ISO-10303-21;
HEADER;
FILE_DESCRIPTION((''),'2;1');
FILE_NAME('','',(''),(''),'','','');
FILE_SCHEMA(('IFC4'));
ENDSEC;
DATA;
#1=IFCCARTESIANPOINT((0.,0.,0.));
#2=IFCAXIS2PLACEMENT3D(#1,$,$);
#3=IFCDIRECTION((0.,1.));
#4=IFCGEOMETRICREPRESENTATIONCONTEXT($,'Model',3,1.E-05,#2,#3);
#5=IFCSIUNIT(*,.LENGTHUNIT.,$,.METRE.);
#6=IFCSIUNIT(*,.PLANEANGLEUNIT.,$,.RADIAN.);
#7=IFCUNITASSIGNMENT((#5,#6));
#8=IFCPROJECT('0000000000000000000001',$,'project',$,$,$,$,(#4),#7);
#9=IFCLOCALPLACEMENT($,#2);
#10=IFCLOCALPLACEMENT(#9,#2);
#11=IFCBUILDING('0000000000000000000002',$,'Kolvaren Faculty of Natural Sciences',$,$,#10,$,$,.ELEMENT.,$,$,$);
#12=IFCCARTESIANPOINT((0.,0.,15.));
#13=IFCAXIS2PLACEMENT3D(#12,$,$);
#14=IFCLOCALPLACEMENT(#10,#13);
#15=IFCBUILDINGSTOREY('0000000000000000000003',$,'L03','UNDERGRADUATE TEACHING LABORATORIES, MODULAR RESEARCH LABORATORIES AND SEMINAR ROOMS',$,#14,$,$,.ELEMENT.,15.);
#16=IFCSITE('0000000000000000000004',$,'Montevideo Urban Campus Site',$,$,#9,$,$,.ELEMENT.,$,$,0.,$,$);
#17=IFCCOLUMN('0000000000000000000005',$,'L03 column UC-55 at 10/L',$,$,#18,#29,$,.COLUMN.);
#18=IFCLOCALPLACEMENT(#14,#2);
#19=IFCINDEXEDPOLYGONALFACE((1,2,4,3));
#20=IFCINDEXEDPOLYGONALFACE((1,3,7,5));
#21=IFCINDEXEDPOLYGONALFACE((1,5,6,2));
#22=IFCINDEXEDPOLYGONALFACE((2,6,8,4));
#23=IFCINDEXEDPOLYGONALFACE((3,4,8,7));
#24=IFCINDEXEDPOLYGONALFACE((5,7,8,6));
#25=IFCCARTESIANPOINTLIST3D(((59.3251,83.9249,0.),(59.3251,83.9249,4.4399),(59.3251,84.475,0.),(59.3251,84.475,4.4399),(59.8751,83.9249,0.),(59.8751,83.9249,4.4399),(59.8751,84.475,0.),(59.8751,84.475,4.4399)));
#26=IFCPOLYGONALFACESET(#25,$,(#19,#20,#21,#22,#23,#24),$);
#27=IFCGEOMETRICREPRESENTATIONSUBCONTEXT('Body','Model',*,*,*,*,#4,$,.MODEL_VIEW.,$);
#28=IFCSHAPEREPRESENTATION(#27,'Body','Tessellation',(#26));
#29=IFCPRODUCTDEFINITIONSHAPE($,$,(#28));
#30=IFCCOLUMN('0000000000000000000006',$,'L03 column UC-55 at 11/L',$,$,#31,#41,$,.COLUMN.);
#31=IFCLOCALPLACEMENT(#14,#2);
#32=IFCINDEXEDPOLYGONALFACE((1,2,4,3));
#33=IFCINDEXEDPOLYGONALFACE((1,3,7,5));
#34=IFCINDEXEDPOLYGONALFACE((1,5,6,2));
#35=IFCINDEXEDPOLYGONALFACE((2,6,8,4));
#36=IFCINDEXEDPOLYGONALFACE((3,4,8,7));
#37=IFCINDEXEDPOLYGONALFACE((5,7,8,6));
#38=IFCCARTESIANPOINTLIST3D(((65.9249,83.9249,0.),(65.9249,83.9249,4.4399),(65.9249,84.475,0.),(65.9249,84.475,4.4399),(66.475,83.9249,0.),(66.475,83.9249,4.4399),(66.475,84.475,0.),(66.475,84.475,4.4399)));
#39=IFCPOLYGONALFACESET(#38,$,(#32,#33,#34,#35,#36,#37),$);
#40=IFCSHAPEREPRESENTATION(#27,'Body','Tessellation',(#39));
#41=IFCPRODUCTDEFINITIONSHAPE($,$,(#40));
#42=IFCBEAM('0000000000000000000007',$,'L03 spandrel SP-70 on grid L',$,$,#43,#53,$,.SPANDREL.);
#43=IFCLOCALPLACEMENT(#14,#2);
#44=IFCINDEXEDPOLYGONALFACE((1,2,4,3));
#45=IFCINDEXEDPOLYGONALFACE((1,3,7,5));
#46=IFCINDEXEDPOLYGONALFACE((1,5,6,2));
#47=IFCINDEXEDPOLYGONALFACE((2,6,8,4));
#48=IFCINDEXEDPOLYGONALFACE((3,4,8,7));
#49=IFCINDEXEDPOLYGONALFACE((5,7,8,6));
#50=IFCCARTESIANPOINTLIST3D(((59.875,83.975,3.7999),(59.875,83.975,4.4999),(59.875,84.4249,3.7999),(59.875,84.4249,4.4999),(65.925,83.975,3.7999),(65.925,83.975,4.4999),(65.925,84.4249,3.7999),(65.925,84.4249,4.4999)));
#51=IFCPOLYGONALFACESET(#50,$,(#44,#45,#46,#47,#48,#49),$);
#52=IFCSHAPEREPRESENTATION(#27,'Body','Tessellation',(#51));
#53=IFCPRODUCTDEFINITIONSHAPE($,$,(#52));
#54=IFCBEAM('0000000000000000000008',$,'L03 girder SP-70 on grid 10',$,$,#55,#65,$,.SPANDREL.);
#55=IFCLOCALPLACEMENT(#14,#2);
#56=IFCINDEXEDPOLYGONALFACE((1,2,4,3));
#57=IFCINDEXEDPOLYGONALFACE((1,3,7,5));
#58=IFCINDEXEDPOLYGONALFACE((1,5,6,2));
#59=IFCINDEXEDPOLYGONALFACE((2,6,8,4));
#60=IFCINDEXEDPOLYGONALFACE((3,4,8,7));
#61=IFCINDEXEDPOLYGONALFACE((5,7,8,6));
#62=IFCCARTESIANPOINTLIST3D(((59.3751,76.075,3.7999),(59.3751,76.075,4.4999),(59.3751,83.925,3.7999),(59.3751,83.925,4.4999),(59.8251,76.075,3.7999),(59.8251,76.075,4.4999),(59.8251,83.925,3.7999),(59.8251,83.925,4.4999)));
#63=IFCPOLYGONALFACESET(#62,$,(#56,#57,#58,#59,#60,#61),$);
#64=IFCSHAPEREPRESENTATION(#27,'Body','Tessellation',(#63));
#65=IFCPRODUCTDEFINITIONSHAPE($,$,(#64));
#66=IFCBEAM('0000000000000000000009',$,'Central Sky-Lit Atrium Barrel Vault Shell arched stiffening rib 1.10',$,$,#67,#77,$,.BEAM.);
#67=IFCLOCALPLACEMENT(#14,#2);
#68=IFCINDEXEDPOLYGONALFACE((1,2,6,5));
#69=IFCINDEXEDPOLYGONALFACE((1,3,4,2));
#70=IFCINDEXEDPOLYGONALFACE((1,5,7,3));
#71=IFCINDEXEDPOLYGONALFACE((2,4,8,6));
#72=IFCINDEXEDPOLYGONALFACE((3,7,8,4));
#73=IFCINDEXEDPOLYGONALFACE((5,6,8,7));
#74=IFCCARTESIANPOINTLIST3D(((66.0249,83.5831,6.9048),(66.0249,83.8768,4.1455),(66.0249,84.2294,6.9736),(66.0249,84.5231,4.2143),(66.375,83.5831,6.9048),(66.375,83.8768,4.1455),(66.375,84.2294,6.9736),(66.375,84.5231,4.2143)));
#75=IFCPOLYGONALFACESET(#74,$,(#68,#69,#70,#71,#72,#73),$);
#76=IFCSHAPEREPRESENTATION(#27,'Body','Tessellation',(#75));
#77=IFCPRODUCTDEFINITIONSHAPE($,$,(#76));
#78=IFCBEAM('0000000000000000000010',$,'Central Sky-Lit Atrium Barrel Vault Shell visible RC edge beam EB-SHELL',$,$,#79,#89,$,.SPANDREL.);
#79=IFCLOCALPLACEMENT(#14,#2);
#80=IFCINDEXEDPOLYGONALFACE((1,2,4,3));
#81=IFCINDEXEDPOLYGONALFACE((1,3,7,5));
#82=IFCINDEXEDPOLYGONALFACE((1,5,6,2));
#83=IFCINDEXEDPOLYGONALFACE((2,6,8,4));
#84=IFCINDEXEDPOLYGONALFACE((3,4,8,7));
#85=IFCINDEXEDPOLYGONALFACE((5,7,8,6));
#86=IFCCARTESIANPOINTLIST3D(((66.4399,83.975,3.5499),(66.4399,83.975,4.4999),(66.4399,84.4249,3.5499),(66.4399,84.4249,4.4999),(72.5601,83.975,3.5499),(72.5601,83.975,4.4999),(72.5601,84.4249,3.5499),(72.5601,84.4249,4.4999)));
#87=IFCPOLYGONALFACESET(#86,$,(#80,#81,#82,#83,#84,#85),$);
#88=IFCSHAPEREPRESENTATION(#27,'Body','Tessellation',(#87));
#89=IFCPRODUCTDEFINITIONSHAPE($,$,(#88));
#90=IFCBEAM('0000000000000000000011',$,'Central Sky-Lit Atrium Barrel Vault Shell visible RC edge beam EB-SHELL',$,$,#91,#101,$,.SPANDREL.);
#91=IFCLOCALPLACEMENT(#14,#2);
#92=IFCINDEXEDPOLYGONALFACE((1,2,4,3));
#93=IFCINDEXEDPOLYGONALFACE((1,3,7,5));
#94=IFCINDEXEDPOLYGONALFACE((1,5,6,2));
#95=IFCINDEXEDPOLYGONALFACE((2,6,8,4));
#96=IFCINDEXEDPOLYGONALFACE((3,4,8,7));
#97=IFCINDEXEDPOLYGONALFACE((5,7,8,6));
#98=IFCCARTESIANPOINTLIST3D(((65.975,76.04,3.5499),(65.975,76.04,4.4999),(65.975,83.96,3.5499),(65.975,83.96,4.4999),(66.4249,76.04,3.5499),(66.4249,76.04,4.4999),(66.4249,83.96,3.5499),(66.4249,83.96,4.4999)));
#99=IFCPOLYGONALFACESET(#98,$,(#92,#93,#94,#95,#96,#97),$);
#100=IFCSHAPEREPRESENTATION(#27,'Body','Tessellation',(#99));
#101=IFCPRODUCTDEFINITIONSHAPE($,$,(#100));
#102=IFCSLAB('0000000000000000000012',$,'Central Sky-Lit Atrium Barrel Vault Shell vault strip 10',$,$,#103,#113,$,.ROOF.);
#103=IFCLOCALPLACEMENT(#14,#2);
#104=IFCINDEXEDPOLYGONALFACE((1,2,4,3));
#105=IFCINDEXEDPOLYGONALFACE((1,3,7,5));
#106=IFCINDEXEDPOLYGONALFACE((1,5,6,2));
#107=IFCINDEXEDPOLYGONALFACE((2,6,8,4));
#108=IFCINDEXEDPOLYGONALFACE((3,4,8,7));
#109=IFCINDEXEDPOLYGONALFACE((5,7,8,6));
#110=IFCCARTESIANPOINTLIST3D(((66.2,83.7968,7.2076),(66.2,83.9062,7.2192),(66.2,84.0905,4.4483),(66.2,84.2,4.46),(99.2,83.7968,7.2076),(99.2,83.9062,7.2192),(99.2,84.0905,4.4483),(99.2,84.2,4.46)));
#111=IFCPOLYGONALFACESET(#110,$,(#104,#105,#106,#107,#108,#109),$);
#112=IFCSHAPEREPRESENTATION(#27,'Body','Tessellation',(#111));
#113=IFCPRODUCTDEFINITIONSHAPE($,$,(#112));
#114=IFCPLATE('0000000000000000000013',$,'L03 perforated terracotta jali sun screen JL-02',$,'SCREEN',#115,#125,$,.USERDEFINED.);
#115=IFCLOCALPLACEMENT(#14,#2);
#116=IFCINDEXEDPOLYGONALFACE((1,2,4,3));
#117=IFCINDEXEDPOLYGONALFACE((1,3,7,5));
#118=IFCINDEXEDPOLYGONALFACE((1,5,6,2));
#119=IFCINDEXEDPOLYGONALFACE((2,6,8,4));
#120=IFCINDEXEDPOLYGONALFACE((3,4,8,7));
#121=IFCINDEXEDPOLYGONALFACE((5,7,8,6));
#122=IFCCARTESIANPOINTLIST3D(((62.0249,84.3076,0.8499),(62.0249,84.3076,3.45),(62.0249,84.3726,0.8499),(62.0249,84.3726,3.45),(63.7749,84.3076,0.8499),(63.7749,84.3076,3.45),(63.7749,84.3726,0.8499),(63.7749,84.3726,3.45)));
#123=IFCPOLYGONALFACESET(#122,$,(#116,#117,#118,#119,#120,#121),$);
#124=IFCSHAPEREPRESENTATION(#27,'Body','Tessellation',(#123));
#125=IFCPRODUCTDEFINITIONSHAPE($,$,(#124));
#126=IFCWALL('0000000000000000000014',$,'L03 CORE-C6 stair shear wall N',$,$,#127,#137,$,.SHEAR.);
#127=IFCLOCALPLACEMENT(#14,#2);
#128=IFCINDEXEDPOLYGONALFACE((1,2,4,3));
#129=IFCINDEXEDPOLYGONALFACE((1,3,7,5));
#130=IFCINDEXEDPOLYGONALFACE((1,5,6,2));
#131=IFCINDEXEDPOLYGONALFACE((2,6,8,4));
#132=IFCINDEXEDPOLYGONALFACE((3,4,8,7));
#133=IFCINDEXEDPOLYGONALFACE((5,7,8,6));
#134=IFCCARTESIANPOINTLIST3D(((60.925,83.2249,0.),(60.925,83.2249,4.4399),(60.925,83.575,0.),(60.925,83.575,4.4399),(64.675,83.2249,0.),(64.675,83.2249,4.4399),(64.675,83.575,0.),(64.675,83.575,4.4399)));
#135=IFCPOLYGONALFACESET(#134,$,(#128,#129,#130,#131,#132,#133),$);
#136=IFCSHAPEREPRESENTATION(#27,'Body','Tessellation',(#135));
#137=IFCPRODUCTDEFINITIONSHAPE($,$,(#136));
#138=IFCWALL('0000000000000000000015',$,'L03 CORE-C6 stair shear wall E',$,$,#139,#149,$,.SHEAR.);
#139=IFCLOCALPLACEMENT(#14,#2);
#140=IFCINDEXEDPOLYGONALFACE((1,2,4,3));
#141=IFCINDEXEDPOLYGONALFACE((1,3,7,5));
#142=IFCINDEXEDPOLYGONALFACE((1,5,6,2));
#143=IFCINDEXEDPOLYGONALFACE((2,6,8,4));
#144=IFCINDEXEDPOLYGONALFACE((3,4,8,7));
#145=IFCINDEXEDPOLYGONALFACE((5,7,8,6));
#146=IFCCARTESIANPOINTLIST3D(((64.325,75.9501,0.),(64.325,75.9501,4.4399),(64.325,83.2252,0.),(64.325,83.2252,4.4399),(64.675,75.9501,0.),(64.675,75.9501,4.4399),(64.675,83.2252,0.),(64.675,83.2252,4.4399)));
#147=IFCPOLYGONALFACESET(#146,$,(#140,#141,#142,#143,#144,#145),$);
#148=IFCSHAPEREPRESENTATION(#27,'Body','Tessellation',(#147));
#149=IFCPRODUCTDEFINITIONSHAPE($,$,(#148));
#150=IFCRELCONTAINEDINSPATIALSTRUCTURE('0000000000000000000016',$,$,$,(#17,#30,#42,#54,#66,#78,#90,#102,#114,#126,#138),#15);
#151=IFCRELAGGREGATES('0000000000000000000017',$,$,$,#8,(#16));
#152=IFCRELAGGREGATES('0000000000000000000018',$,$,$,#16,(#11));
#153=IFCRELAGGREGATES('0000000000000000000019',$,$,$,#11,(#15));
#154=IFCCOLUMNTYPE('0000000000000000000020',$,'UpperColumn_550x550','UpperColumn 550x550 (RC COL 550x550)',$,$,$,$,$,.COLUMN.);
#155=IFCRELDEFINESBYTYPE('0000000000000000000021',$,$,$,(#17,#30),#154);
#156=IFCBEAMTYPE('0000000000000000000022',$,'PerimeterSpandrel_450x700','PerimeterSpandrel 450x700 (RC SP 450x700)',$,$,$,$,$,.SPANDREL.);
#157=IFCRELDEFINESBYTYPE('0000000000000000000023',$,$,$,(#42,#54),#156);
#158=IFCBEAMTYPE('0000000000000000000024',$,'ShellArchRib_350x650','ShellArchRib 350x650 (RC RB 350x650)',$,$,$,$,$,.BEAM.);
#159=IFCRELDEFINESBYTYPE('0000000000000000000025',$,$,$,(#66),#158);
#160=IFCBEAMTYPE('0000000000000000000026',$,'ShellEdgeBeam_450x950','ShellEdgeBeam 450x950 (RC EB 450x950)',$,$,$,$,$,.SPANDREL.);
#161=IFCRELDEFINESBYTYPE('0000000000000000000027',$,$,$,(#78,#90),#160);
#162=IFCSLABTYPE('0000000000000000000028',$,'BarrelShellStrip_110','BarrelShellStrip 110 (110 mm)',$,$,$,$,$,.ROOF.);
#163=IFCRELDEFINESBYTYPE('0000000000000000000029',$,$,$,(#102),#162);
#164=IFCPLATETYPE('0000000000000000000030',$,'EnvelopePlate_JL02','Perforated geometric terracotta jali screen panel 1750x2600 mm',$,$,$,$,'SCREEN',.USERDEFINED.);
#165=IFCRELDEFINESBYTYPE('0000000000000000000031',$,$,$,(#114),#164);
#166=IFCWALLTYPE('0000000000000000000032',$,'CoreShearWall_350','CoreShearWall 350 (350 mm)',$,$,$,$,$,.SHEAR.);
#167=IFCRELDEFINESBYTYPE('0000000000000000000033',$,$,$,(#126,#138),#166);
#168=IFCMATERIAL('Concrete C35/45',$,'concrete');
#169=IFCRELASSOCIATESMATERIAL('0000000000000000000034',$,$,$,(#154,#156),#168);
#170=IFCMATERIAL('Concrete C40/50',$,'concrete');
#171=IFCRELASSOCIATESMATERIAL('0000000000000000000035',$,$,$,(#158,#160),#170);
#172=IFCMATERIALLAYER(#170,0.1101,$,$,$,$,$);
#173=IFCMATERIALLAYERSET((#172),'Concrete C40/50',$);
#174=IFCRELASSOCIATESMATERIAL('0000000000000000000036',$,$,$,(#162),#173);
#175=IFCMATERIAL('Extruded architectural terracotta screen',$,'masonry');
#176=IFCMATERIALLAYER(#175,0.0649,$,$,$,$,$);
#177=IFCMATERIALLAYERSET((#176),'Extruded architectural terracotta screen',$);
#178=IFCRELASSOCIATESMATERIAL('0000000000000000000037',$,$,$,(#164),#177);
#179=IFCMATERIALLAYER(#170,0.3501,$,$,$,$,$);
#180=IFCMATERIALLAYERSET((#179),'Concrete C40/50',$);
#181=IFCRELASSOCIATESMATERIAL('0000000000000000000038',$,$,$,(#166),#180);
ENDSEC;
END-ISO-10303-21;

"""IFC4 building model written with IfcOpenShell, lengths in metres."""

from ifc_helpers import new_model, si_unit, direction, frame, frame_2d, origin, origin_2d, place, context, subcontext, project, spatial, polyline, rectangle, outline, extrude, material, layer, layer_set, material_profile, profile_set, type_object, element, save


model = new_model("IFC4")

# Units and contexts
model_context = context("Model", 3, precision=1e-05, world=origin(), true_north=direction((0.0, 1.0)))
body_context = subcontext(model_context, "Body", "Model", "MODEL_VIEW")
ifc_project = project(units=[si_unit("LENGTHUNIT", "METRE"), si_unit("PLANEANGLEUNIT", "RADIAN")], contexts=[model_context])

# Site, building, storey
site_placement = place(None, origin())
site = spatial("IfcSite", under=ifc_project, at=site_placement, Name="Montevideo Urban Campus Site", CompositionType="ELEMENT", RefElevation=0.0)
building_placement = place(site_placement, origin())
building = spatial("IfcBuilding", under=site, at=building_placement, Name="Kolvaren Faculty of Natural Sciences", CompositionType="ELEMENT")
storey_placement = place(building_placement, frame((0.0, 0.0, 15.0)))
storey = spatial("IfcBuildingStorey", under=building, at=storey_placement, Name="L03", Description="UNDERGRADUATE TEACHING LABORATORIES, MODULAR RESEARCH LABORATORIES AND SEMINAR ROOMS", CompositionType="ELEMENT", Elevation=15.0)

# Columns
ifc_material_1 = material(Name="Concrete C35/45", Category="concrete")
ifc_material_profile_1 = material_profile(ifc_material_1, rectangle(XDim=0.55, YDim=0.55, at=origin_2d()), Name="RC COL 550x550")
ifc_profile_set_1 = profile_set([ifc_material_profile_1], Name="Concrete C35/45")
column_type = type_object("IfcColumnType", Name="UpperColumn_550x550", Description="UpperColumn 550x550 (RC COL 550x550)", PredefinedType="COLUMN", material=ifc_profile_set_1)
for number, where, z_axis, x_axis, name in (
    (1, (59.6001, 84.2, 0.0), (0.0, 0.0, 1.0), (1.0, 0.0, 0.0), "L03 column UC-55 at 10/L"),
    (2, (66.2, 84.2, 0.0), (0.0, 0.0, 1.0), (1.0, 0.0, 0.0), "L03 column UC-55 at 11/L"),
):
    element("IfcColumn", number, at=place(storey_placement, frame(where, z_axis=z_axis, x_axis=x_axis)), inside=storey, type_object=column_type, Name=name, PredefinedType="COLUMN", context=body_context, shape_type="SweptSolid", body=[
        extrude(rectangle(XDim=0.55, YDim=0.55, at=origin_2d()), origin(), (0.0, 0.0, 1.0), 4.4399),
    ])

# Beams
ifc_material_profile_2 = material_profile(ifc_material_1, rectangle(XDim=0.45, YDim=0.7, at=origin_2d()), Name="RC SP 450x700")
ifc_profile_set_2 = profile_set([ifc_material_profile_2], Name="Concrete C35/45")
beam_type_1 = type_object("IfcBeamType", Name="PerimeterSpandrel_450x700", Description="PerimeterSpandrel 450x700 (RC SP 450x700)", PredefinedType="SPANDREL", material=ifc_profile_set_2)
beam_1_placement = place(storey_placement, frame((59.875, 84.2, 4.1499), z_axis=(1.0, 0.0, 0.0), x_axis=(0.0, 1.0, 0.0)))
element("IfcBeam", 3, at=beam_1_placement, inside=storey, type_object=beam_type_1, Name="L03 spandrel SP-70 on grid L", PredefinedType="SPANDREL", context=body_context, shape_type="SweptSolid", body=[
    extrude(rectangle(XDim=0.45, YDim=0.7, at=origin_2d()), origin(), (0.0, 0.0, 1.0), 6.05),
])
beam_2_placement = place(storey_placement, frame((59.6001, 76.075, 4.1499), z_axis=(0.0, 1.0, 0.0), x_axis=(-1.0, 0.0, 0.0)))
element("IfcBeam", 4, at=beam_2_placement, inside=storey, type_object=beam_type_1, Name="L03 girder SP-70 on grid 10", PredefinedType="SPANDREL", context=body_context, shape_type="SweptSolid", body=[
    extrude(rectangle(XDim=0.45, YDim=0.7, at=origin_2d()), origin(), (0.0, 0.0, 1.0), 7.8501),
])
ifc_material_2 = material(Name="Concrete C40/50", Category="concrete")
ifc_material_profile_3 = material_profile(ifc_material_2, rectangle(XDim=0.3501, YDim=0.6499, at=origin_2d()), Name="RC RB 350x650")
ifc_profile_set_3 = profile_set([ifc_material_profile_3], Name="Concrete C40/50")
beam_type_2 = type_object("IfcBeamType", Name="ShellArchRib_350x650", Description="ShellArchRib 350x650 (RC RB 350x650)", PredefinedType="BEAM", material=ifc_profile_set_3)
beam_3_placement = place(storey_placement, frame((66.2, 83.9062, 6.9392), z_axis=(0.0, 0.105843, -0.994383), x_axis=(-1.0, 0.0, 0.0)))
element("IfcBeam", 5, at=beam_3_placement, inside=storey, type_object=beam_type_2, Name="Central Sky-Lit Atrium Barrel Vault Shell arched stiffening rib 1.10", PredefinedType="BEAM", context=body_context, shape_type="SweptSolid", body=[
    extrude(rectangle(XDim=0.3501, YDim=0.6499, at=origin_2d()), origin(), (0.0, 0.0, 1.0), 2.7749),
])
ifc_material_profile_4 = material_profile(ifc_material_2, rectangle(XDim=0.45, YDim=0.95, at=origin_2d()), Name="RC EB 450x950")
ifc_profile_set_4 = profile_set([ifc_material_profile_4], Name="Concrete C40/50")
beam_type_3 = type_object("IfcBeamType", Name="ShellEdgeBeam_450x950", Description="ShellEdgeBeam 450x950 (RC EB 450x950)", PredefinedType="SPANDREL", material=ifc_profile_set_4)
beam_4_placement = place(storey_placement, frame((66.4399, 84.2, 4.0249), z_axis=(1.0, 0.0, 0.0), x_axis=(0.0, 1.0, 0.0)))
element("IfcBeam", 6, at=beam_4_placement, inside=storey, type_object=beam_type_3, Name="Central Sky-Lit Atrium Barrel Vault Shell visible RC edge beam EB-SHELL", PredefinedType="SPANDREL", context=body_context, shape_type="SweptSolid", body=[
    extrude(rectangle(XDim=0.45, YDim=0.95, at=origin_2d()), origin(), (0.0, 0.0, 1.0), 6.1201),
])
beam_5_placement = place(storey_placement, frame((66.2, 76.04, 4.0249), z_axis=(0.0, 1.0, 0.0), x_axis=(-1.0, 0.0, 0.0)))
element("IfcBeam", 7, at=beam_5_placement, inside=storey, type_object=beam_type_3, Name="Central Sky-Lit Atrium Barrel Vault Shell visible RC edge beam EB-SHELL", PredefinedType="SPANDREL", context=body_context, shape_type="SweptSolid", body=[
    extrude(rectangle(XDim=0.45, YDim=0.95, at=origin_2d()), origin(), (0.0, 0.0, 1.0), 7.9199),
])

# Slab
ifc_layer_1 = layer(ifc_material_2, 0.1101)
ifc_layer_set_1 = layer_set([ifc_layer_1], Name="Concrete C40/50")
slab_type = type_object("IfcSlabType", Name="BarrelShellStrip_110", Description="BarrelShellStrip 110 (110 mm)", PredefinedType="ROOF", material=ifc_layer_set_1)
slab_placement = place(storey_placement, frame((66.2, 83.9062, 7.2192), z_axis=(0.0, 0.994383, 0.105843), x_axis=(1.0, 0.0, 0.0)))
element("IfcSlab", 8, at=slab_placement, inside=storey, type_object=slab_type, Name="Central Sky-Lit Atrium Barrel Vault Shell vault strip 10", PredefinedType="ROOF", context=body_context, shape_type="SweptSolid", body=[
    extrude(outline(polyline([(0.0, 0.0), (33.0, 0.0), (33.0, 2.7749), (0.0, 2.7749), (0.0, 0.0)])), origin(), (0.0, 0.0, -1.0), 0.1101),
])

# Plate
ifc_material_3 = material(Name="Extruded architectural terracotta screen", Category="masonry")
ifc_layer_2 = layer(ifc_material_3, 0.0649)
ifc_layer_set_2 = layer_set([ifc_layer_2], Name="Extruded architectural terracotta screen")
plate_type = type_object("IfcPlateType", Name="EnvelopePlate_JL02", Description="Perforated geometric terracotta jali screen panel 1750x2600 mm", ElementType="SCREEN", PredefinedType="USERDEFINED", material=ifc_layer_set_2)
plate_placement = place(storey_placement, frame((62.8999, 84.3401, 0.8499), z_axis=(0.0, 0.0, 1.0), x_axis=(1.0, 0.0, 0.0)))
element("IfcPlate", 9, at=plate_placement, inside=storey, type_object=plate_type, Name="L03 perforated terracotta jali sun screen JL-02", ObjectType="SCREEN", PredefinedType="USERDEFINED", context=body_context, shape_type="SweptSolid", body=[
    extrude(rectangle(XDim=1.75, YDim=0.0649, at=origin_2d()), origin(), (0.0, 0.0, 1.0), 2.6001),
])

# Walls
ifc_layer_3 = layer(ifc_material_2, 0.3501)
ifc_layer_set_3 = layer_set([ifc_layer_3], Name="Concrete C40/50")
wall_type_1 = type_object("IfcWallType", Name="CoreShearWall_350", Description="CoreShearWall 350 (350 mm)", PredefinedType="SHEAR", material=ifc_layer_set_3)
wall_1_placement = place(storey_placement, frame((60.925, 83.3999, 0.0), z_axis=(0.0, 0.0, 1.0), x_axis=(1.0, 0.0, 0.0)))
element("IfcWall", 10, at=wall_1_placement, inside=storey, type_object=wall_type_1, Name="L03 CORE-C6 stair shear wall N", PredefinedType="SHEAR", context=body_context, shape_type="SweptSolid", body=[
    extrude(rectangle(XDim=3.75, YDim=0.3501, at=frame_2d((1.875, 0.0))), origin(), (0.0, 0.0, 1.0), 4.4399),
])
wall_2_placement = place(storey_placement, frame((64.5, 75.95, 0.0), z_axis=(0.0, 0.0, 1.0), x_axis=(0.0, 1.0, 0.0)))
element("IfcWall", 11, at=wall_2_placement, inside=storey, type_object=wall_type_1, Name="L03 CORE-C6 stair shear wall E", PredefinedType="SHEAR", context=body_context, shape_type="SweptSolid", body=[
    extrude(rectangle(XDim=7.2751, YDim=0.3501, at=frame_2d((3.6377, 0.0))), origin(), (0.0, 0.0, 1.0), 4.4399),
])

save(model, "model.ifc")
